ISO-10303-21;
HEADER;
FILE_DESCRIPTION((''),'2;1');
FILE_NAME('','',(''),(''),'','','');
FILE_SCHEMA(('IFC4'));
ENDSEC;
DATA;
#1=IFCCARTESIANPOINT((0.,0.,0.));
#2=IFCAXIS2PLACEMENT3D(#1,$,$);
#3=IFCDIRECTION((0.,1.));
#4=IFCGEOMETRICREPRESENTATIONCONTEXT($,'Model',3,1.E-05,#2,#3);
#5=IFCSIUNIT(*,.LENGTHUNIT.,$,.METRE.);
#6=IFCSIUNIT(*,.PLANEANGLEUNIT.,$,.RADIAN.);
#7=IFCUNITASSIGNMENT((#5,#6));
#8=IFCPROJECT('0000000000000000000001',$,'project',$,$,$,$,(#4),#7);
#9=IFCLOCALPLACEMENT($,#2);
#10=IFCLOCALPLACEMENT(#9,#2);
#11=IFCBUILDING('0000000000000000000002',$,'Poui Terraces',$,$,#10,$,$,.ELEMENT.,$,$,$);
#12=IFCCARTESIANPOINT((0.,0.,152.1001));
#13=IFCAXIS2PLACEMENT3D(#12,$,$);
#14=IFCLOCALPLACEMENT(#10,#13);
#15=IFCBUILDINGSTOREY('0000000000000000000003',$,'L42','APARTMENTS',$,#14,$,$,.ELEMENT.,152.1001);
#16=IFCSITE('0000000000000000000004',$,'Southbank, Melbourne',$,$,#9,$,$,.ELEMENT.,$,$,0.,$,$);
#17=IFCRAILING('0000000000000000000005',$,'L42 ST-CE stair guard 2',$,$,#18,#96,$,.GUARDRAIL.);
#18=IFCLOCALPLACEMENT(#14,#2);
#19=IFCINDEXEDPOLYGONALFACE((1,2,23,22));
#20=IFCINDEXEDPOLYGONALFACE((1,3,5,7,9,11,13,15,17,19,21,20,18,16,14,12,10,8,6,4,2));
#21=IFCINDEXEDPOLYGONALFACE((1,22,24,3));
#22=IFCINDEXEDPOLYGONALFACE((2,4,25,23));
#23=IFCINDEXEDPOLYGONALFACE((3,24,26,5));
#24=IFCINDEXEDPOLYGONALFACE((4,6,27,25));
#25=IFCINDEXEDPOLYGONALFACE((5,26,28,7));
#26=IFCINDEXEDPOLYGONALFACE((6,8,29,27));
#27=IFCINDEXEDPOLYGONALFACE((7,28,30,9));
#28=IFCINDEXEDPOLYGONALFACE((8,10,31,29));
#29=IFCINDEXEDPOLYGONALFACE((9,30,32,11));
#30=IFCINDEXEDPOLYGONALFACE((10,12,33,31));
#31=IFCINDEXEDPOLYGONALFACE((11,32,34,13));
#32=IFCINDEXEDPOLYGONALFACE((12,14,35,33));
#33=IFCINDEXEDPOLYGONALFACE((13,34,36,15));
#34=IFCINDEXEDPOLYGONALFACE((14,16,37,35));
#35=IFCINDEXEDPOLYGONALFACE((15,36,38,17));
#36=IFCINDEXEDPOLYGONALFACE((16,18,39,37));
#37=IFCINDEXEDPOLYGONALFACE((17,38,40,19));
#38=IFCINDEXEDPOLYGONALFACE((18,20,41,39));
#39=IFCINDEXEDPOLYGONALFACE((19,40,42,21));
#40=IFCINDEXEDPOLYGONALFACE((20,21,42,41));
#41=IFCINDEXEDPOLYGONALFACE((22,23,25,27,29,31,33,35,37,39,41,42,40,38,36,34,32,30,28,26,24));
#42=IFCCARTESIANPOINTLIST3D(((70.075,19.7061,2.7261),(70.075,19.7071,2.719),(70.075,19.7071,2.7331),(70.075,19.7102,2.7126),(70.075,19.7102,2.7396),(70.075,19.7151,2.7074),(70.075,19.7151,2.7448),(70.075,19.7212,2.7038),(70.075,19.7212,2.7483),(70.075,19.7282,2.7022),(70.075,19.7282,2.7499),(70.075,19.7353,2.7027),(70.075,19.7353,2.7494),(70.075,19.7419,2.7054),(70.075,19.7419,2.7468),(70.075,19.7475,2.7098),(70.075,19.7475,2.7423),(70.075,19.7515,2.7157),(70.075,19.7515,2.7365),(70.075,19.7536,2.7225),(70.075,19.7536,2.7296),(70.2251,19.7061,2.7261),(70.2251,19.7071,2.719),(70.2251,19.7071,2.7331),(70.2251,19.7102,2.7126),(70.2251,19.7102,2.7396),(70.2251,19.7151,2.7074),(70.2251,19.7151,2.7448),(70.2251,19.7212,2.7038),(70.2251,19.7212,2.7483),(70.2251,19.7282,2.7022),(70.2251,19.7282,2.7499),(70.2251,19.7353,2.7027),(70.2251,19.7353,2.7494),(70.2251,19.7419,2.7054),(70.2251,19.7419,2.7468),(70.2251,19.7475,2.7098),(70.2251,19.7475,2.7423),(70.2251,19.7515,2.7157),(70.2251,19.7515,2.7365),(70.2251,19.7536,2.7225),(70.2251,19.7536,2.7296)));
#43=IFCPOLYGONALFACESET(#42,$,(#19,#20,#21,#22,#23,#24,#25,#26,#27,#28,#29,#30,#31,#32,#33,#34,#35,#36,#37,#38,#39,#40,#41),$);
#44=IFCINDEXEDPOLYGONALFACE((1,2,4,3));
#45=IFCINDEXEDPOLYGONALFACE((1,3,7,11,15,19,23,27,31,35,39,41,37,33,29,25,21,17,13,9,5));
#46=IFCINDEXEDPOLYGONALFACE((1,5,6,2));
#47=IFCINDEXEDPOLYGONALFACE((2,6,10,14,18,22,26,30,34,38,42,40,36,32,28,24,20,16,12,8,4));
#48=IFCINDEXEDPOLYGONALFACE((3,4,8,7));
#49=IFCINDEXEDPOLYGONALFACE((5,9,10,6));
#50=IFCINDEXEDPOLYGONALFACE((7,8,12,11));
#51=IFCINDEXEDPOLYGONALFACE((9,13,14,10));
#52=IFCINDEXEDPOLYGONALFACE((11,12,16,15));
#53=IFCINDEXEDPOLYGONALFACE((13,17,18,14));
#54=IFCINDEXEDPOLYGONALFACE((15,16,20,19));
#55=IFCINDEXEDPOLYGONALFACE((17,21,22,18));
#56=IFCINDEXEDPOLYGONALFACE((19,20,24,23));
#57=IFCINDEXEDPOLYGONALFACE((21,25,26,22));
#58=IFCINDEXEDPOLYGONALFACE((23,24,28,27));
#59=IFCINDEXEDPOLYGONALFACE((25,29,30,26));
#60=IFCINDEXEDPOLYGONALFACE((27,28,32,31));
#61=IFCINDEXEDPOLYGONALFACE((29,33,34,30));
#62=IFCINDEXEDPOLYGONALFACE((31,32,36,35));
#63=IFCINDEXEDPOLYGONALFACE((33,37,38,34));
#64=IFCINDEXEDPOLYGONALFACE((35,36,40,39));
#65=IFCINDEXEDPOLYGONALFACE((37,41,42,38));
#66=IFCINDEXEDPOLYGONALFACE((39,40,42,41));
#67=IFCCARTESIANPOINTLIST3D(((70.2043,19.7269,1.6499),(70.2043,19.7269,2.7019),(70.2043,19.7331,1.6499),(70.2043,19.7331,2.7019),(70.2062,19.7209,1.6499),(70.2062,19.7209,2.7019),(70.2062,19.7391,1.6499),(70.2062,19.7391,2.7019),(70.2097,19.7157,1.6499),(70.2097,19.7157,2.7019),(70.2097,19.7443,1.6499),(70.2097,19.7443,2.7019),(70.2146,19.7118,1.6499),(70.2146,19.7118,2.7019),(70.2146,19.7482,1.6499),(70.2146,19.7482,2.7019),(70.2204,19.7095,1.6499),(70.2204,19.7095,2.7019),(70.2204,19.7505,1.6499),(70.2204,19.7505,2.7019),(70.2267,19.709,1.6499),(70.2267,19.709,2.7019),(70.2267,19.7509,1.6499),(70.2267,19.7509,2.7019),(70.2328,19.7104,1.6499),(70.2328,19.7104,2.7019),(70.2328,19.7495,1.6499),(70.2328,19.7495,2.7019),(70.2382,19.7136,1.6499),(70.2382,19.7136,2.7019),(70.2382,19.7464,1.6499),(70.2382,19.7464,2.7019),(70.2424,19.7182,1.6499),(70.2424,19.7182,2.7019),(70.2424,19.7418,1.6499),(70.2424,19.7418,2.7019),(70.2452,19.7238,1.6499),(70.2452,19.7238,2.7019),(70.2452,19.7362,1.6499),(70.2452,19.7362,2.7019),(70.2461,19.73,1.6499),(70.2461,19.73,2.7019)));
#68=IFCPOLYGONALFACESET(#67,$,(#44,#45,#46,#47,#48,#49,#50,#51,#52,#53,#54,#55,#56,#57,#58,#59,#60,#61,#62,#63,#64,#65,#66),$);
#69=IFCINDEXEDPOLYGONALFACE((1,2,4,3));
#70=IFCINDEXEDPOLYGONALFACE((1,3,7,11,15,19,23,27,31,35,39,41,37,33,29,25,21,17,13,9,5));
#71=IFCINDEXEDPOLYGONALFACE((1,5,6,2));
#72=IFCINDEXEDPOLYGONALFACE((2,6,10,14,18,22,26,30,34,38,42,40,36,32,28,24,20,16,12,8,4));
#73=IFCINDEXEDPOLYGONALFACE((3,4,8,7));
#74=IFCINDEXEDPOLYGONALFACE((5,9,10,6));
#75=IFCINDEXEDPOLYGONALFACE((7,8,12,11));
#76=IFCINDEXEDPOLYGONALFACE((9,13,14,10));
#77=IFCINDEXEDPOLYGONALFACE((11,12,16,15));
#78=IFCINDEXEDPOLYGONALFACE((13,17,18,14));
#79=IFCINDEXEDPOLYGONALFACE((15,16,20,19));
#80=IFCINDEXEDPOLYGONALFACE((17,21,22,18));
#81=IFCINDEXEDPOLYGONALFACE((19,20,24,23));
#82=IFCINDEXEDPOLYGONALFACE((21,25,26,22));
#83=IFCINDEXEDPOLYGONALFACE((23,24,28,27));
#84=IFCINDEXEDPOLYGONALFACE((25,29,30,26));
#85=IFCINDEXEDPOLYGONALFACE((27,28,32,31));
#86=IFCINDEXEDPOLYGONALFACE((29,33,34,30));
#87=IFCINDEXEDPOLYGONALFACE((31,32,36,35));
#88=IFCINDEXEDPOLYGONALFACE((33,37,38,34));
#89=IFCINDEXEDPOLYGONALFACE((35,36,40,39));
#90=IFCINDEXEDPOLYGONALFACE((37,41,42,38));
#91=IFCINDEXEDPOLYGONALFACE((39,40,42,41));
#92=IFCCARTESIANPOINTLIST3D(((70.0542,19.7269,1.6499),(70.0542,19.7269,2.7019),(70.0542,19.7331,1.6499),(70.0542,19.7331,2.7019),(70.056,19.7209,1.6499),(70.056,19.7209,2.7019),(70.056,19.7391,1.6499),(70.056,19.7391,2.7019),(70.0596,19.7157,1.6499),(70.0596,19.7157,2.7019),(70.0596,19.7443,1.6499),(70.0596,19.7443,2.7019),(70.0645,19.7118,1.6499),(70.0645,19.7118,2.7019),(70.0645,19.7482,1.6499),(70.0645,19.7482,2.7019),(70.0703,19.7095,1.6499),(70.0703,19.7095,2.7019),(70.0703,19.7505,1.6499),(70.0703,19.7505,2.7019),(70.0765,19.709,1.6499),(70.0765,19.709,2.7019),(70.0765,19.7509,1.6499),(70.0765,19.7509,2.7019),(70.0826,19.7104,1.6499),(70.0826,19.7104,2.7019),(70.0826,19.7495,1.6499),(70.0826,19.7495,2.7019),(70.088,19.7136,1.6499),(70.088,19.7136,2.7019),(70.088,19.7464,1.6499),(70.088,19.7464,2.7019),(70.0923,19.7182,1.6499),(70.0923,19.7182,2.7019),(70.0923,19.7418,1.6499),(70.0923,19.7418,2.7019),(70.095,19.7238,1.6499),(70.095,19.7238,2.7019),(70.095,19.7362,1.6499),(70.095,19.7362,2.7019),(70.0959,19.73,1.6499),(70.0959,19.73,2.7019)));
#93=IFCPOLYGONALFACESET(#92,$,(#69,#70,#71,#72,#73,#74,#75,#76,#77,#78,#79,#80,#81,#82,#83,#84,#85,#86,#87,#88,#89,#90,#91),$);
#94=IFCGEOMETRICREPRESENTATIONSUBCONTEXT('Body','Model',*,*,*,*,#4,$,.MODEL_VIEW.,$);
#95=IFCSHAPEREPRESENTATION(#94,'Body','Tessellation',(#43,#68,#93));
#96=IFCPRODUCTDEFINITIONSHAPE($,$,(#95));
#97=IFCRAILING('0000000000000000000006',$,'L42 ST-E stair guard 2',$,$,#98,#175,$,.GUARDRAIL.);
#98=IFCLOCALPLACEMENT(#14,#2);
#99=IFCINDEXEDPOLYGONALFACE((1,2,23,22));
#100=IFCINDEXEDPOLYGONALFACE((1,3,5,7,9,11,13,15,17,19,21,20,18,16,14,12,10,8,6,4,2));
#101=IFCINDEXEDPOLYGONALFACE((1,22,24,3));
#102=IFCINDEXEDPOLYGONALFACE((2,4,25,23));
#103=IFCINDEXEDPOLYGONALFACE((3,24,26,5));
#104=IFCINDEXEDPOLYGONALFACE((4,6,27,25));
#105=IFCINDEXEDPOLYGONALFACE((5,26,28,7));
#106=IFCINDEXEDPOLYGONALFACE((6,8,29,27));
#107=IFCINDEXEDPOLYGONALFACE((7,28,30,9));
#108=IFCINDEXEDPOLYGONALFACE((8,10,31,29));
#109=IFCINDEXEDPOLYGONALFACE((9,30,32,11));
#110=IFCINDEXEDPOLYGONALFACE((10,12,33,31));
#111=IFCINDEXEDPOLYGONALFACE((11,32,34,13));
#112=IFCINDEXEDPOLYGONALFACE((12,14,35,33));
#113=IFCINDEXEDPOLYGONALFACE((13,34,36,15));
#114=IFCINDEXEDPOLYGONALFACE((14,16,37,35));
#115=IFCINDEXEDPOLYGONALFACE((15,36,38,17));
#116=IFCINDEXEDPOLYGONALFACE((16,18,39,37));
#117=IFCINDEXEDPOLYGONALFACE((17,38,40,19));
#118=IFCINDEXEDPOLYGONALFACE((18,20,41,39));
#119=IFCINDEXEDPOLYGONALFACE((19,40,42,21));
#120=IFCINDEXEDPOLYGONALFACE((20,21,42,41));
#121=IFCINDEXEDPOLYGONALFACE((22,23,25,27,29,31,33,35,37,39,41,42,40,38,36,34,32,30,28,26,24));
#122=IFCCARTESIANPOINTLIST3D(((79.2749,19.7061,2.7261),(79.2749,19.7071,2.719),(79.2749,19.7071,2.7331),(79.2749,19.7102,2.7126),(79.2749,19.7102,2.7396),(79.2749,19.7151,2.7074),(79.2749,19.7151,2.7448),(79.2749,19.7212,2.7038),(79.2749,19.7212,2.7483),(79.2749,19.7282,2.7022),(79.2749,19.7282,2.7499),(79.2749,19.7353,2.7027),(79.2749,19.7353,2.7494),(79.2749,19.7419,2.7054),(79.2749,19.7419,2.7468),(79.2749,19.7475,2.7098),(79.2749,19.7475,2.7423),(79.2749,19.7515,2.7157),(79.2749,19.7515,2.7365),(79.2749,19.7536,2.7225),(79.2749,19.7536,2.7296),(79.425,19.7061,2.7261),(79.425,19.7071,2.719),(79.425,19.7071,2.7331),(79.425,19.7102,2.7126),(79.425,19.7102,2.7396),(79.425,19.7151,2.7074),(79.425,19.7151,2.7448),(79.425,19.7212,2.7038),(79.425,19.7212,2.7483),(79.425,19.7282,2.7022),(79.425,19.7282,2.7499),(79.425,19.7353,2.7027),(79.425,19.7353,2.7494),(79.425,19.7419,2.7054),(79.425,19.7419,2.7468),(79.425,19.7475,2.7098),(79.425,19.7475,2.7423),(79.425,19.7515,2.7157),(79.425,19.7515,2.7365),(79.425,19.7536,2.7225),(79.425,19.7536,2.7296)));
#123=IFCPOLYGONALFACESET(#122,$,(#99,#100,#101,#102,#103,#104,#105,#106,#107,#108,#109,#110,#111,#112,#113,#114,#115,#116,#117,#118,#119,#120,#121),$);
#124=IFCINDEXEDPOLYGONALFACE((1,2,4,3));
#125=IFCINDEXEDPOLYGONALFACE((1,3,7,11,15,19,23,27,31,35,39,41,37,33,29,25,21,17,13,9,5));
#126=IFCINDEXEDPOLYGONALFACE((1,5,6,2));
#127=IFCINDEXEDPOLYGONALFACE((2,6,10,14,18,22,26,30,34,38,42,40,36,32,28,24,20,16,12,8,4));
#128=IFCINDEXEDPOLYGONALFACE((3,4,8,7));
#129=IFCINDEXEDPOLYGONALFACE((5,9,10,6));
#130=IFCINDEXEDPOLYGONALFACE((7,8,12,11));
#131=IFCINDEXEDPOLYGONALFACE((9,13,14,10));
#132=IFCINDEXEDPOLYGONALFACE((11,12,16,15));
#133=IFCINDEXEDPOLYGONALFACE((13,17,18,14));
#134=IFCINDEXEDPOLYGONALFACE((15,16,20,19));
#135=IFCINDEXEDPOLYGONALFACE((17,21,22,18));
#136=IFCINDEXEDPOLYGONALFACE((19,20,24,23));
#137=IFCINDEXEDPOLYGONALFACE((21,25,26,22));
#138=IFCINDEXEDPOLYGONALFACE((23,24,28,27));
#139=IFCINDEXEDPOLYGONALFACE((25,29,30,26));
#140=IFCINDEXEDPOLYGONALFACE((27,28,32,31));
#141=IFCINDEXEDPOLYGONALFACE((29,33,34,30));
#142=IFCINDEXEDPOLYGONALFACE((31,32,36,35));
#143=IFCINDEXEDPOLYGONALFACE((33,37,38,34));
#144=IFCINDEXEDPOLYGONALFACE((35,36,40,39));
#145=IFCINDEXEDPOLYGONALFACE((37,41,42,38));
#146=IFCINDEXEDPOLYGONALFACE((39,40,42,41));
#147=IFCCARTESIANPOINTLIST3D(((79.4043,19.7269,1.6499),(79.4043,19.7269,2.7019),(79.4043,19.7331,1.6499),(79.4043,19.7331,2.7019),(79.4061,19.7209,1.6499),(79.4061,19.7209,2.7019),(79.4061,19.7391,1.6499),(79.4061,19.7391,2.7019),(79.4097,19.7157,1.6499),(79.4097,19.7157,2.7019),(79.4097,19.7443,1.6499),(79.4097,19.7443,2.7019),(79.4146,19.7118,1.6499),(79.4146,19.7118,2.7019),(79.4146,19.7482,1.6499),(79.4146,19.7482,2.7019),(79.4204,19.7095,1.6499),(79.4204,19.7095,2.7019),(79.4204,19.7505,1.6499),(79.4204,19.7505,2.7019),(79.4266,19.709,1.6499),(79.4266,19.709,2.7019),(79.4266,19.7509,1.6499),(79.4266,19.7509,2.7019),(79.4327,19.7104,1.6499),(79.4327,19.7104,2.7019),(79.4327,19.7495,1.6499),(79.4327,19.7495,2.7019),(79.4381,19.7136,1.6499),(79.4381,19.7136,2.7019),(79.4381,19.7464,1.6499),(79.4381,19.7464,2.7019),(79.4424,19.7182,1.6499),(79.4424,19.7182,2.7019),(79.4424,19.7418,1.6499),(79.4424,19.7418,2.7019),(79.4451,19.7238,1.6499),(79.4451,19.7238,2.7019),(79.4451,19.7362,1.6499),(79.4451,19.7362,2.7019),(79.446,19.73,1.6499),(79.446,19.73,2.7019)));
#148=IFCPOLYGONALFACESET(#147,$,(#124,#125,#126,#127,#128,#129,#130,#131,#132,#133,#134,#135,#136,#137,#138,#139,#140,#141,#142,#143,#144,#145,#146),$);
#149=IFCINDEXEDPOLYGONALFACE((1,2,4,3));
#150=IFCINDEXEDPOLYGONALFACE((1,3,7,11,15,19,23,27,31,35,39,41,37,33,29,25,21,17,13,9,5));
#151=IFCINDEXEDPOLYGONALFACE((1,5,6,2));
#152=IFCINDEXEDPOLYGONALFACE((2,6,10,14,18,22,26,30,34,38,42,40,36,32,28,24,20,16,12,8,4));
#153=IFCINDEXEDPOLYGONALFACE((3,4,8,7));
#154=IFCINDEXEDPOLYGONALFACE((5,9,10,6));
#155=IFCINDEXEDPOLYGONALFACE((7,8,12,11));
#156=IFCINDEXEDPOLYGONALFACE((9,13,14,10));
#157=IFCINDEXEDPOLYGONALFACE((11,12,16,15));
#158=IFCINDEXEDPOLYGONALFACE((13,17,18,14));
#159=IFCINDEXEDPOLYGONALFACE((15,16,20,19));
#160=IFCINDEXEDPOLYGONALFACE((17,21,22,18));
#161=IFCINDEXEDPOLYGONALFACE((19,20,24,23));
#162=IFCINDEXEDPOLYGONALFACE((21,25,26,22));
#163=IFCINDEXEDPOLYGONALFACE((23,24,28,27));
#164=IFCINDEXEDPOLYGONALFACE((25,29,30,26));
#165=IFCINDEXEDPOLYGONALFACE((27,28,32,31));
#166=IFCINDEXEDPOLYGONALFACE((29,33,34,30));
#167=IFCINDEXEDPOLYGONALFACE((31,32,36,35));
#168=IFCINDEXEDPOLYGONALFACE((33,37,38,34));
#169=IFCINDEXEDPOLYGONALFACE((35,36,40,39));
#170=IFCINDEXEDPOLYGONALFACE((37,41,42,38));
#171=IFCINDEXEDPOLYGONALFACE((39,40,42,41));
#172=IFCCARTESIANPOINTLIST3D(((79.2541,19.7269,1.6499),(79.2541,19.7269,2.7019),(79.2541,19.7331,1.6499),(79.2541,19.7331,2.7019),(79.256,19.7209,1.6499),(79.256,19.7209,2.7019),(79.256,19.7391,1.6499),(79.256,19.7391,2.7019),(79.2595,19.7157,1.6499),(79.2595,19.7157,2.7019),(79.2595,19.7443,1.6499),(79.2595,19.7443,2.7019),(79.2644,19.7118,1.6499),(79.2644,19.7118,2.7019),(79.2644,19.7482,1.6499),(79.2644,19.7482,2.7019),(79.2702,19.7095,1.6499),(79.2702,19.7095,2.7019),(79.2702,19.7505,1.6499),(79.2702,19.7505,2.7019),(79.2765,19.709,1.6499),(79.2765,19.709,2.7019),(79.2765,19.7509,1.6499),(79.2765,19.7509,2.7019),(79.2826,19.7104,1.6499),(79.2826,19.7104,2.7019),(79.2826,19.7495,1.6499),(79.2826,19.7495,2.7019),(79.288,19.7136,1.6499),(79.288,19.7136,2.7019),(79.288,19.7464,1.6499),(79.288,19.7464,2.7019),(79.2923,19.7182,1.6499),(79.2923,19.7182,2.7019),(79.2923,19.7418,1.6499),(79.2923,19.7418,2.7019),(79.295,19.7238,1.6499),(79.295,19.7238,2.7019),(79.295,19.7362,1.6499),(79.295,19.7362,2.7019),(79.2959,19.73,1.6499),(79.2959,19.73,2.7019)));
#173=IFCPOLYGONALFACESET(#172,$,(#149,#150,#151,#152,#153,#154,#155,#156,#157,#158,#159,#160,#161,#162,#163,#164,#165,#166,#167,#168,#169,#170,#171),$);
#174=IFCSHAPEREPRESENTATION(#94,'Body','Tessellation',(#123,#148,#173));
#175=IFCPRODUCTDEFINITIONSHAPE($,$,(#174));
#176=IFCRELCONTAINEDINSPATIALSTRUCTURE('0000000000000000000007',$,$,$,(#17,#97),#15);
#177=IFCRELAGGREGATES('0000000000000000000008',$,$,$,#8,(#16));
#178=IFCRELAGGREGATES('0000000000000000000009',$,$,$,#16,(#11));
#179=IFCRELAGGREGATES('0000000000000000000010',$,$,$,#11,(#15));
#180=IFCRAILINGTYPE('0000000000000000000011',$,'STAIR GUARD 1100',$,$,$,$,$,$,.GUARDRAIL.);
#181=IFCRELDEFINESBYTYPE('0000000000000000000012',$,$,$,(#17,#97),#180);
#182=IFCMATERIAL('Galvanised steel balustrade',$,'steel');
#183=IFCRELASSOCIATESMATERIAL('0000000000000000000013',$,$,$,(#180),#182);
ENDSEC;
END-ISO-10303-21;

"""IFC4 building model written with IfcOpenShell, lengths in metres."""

from ifc_helpers import new_model, si_unit, direction, frame, origin, origin_2d, place, context, subcontext, project, spatial, circle, extrude, material, type_object, element, save


model = new_model("IFC4")

# Units and contexts
model_context = context("Model", 3, precision=1e-05, world=origin(), true_north=direction((0.0, 1.0)))
body_context = subcontext(model_context, "Body", "Model", "MODEL_VIEW")
ifc_project = project(units=[si_unit("LENGTHUNIT", "METRE"), si_unit("PLANEANGLEUNIT", "RADIAN")], contexts=[model_context])

# Site, building, storey
site_placement = place(None, origin())
site = spatial("IfcSite", under=ifc_project, at=site_placement, Name="Southbank, Melbourne", CompositionType="ELEMENT", RefElevation=0.0)
building_placement = place(site_placement, origin())
building = spatial("IfcBuilding", under=site, at=building_placement, Name="Poui Terraces", CompositionType="ELEMENT")
storey_placement = place(building_placement, frame((0.0, 0.0, 152.1001)))
storey = spatial("IfcBuildingStorey", under=building, at=storey_placement, Name="L42", Description="APARTMENTS", CompositionType="ELEMENT", Elevation=152.1001)

# Railings
ifc_material_1 = material(Name="Galvanised steel balustrade", Category="steel")
railing_type = type_object("IfcRailingType", Name="STAIR GUARD 1100", PredefinedType="GUARDRAIL", material=ifc_material_1)
for number, where, name in (
    (1, (70.2251, 19.73, 1.6499), "L42 ST-CE stair guard 2"),
    (2, (79.425, 19.73, 1.6499), "L42 ST-E stair guard 2"),
):
    element("IfcRailing", number, at=place(storey_placement, frame(where)), inside=storey, type_object=railing_type, Name=name, PredefinedType="GUARDRAIL", context=body_context, shape_type="SweptSolid", body=[
        extrude(circle(Radius=0.0239, at=origin_2d()), frame((0.0, 0.0, 1.0762), z_axis=(-1.0, 0.0, 0.0), x_axis=(0.0, -1.0, 0.0)), (0.0, 0.0, 1.0), 0.1501),
        extrude(circle(Radius=0.021, at=origin_2d()), origin(), (0.0, 0.0, 1.0), 1.052),
        extrude(circle(Radius=0.021, at=origin_2d()), frame((-0.1501, 0.0, 0.0)), (0.0, 0.0, 1.0), 1.052),
    ])

save(model, "model.ifc")
